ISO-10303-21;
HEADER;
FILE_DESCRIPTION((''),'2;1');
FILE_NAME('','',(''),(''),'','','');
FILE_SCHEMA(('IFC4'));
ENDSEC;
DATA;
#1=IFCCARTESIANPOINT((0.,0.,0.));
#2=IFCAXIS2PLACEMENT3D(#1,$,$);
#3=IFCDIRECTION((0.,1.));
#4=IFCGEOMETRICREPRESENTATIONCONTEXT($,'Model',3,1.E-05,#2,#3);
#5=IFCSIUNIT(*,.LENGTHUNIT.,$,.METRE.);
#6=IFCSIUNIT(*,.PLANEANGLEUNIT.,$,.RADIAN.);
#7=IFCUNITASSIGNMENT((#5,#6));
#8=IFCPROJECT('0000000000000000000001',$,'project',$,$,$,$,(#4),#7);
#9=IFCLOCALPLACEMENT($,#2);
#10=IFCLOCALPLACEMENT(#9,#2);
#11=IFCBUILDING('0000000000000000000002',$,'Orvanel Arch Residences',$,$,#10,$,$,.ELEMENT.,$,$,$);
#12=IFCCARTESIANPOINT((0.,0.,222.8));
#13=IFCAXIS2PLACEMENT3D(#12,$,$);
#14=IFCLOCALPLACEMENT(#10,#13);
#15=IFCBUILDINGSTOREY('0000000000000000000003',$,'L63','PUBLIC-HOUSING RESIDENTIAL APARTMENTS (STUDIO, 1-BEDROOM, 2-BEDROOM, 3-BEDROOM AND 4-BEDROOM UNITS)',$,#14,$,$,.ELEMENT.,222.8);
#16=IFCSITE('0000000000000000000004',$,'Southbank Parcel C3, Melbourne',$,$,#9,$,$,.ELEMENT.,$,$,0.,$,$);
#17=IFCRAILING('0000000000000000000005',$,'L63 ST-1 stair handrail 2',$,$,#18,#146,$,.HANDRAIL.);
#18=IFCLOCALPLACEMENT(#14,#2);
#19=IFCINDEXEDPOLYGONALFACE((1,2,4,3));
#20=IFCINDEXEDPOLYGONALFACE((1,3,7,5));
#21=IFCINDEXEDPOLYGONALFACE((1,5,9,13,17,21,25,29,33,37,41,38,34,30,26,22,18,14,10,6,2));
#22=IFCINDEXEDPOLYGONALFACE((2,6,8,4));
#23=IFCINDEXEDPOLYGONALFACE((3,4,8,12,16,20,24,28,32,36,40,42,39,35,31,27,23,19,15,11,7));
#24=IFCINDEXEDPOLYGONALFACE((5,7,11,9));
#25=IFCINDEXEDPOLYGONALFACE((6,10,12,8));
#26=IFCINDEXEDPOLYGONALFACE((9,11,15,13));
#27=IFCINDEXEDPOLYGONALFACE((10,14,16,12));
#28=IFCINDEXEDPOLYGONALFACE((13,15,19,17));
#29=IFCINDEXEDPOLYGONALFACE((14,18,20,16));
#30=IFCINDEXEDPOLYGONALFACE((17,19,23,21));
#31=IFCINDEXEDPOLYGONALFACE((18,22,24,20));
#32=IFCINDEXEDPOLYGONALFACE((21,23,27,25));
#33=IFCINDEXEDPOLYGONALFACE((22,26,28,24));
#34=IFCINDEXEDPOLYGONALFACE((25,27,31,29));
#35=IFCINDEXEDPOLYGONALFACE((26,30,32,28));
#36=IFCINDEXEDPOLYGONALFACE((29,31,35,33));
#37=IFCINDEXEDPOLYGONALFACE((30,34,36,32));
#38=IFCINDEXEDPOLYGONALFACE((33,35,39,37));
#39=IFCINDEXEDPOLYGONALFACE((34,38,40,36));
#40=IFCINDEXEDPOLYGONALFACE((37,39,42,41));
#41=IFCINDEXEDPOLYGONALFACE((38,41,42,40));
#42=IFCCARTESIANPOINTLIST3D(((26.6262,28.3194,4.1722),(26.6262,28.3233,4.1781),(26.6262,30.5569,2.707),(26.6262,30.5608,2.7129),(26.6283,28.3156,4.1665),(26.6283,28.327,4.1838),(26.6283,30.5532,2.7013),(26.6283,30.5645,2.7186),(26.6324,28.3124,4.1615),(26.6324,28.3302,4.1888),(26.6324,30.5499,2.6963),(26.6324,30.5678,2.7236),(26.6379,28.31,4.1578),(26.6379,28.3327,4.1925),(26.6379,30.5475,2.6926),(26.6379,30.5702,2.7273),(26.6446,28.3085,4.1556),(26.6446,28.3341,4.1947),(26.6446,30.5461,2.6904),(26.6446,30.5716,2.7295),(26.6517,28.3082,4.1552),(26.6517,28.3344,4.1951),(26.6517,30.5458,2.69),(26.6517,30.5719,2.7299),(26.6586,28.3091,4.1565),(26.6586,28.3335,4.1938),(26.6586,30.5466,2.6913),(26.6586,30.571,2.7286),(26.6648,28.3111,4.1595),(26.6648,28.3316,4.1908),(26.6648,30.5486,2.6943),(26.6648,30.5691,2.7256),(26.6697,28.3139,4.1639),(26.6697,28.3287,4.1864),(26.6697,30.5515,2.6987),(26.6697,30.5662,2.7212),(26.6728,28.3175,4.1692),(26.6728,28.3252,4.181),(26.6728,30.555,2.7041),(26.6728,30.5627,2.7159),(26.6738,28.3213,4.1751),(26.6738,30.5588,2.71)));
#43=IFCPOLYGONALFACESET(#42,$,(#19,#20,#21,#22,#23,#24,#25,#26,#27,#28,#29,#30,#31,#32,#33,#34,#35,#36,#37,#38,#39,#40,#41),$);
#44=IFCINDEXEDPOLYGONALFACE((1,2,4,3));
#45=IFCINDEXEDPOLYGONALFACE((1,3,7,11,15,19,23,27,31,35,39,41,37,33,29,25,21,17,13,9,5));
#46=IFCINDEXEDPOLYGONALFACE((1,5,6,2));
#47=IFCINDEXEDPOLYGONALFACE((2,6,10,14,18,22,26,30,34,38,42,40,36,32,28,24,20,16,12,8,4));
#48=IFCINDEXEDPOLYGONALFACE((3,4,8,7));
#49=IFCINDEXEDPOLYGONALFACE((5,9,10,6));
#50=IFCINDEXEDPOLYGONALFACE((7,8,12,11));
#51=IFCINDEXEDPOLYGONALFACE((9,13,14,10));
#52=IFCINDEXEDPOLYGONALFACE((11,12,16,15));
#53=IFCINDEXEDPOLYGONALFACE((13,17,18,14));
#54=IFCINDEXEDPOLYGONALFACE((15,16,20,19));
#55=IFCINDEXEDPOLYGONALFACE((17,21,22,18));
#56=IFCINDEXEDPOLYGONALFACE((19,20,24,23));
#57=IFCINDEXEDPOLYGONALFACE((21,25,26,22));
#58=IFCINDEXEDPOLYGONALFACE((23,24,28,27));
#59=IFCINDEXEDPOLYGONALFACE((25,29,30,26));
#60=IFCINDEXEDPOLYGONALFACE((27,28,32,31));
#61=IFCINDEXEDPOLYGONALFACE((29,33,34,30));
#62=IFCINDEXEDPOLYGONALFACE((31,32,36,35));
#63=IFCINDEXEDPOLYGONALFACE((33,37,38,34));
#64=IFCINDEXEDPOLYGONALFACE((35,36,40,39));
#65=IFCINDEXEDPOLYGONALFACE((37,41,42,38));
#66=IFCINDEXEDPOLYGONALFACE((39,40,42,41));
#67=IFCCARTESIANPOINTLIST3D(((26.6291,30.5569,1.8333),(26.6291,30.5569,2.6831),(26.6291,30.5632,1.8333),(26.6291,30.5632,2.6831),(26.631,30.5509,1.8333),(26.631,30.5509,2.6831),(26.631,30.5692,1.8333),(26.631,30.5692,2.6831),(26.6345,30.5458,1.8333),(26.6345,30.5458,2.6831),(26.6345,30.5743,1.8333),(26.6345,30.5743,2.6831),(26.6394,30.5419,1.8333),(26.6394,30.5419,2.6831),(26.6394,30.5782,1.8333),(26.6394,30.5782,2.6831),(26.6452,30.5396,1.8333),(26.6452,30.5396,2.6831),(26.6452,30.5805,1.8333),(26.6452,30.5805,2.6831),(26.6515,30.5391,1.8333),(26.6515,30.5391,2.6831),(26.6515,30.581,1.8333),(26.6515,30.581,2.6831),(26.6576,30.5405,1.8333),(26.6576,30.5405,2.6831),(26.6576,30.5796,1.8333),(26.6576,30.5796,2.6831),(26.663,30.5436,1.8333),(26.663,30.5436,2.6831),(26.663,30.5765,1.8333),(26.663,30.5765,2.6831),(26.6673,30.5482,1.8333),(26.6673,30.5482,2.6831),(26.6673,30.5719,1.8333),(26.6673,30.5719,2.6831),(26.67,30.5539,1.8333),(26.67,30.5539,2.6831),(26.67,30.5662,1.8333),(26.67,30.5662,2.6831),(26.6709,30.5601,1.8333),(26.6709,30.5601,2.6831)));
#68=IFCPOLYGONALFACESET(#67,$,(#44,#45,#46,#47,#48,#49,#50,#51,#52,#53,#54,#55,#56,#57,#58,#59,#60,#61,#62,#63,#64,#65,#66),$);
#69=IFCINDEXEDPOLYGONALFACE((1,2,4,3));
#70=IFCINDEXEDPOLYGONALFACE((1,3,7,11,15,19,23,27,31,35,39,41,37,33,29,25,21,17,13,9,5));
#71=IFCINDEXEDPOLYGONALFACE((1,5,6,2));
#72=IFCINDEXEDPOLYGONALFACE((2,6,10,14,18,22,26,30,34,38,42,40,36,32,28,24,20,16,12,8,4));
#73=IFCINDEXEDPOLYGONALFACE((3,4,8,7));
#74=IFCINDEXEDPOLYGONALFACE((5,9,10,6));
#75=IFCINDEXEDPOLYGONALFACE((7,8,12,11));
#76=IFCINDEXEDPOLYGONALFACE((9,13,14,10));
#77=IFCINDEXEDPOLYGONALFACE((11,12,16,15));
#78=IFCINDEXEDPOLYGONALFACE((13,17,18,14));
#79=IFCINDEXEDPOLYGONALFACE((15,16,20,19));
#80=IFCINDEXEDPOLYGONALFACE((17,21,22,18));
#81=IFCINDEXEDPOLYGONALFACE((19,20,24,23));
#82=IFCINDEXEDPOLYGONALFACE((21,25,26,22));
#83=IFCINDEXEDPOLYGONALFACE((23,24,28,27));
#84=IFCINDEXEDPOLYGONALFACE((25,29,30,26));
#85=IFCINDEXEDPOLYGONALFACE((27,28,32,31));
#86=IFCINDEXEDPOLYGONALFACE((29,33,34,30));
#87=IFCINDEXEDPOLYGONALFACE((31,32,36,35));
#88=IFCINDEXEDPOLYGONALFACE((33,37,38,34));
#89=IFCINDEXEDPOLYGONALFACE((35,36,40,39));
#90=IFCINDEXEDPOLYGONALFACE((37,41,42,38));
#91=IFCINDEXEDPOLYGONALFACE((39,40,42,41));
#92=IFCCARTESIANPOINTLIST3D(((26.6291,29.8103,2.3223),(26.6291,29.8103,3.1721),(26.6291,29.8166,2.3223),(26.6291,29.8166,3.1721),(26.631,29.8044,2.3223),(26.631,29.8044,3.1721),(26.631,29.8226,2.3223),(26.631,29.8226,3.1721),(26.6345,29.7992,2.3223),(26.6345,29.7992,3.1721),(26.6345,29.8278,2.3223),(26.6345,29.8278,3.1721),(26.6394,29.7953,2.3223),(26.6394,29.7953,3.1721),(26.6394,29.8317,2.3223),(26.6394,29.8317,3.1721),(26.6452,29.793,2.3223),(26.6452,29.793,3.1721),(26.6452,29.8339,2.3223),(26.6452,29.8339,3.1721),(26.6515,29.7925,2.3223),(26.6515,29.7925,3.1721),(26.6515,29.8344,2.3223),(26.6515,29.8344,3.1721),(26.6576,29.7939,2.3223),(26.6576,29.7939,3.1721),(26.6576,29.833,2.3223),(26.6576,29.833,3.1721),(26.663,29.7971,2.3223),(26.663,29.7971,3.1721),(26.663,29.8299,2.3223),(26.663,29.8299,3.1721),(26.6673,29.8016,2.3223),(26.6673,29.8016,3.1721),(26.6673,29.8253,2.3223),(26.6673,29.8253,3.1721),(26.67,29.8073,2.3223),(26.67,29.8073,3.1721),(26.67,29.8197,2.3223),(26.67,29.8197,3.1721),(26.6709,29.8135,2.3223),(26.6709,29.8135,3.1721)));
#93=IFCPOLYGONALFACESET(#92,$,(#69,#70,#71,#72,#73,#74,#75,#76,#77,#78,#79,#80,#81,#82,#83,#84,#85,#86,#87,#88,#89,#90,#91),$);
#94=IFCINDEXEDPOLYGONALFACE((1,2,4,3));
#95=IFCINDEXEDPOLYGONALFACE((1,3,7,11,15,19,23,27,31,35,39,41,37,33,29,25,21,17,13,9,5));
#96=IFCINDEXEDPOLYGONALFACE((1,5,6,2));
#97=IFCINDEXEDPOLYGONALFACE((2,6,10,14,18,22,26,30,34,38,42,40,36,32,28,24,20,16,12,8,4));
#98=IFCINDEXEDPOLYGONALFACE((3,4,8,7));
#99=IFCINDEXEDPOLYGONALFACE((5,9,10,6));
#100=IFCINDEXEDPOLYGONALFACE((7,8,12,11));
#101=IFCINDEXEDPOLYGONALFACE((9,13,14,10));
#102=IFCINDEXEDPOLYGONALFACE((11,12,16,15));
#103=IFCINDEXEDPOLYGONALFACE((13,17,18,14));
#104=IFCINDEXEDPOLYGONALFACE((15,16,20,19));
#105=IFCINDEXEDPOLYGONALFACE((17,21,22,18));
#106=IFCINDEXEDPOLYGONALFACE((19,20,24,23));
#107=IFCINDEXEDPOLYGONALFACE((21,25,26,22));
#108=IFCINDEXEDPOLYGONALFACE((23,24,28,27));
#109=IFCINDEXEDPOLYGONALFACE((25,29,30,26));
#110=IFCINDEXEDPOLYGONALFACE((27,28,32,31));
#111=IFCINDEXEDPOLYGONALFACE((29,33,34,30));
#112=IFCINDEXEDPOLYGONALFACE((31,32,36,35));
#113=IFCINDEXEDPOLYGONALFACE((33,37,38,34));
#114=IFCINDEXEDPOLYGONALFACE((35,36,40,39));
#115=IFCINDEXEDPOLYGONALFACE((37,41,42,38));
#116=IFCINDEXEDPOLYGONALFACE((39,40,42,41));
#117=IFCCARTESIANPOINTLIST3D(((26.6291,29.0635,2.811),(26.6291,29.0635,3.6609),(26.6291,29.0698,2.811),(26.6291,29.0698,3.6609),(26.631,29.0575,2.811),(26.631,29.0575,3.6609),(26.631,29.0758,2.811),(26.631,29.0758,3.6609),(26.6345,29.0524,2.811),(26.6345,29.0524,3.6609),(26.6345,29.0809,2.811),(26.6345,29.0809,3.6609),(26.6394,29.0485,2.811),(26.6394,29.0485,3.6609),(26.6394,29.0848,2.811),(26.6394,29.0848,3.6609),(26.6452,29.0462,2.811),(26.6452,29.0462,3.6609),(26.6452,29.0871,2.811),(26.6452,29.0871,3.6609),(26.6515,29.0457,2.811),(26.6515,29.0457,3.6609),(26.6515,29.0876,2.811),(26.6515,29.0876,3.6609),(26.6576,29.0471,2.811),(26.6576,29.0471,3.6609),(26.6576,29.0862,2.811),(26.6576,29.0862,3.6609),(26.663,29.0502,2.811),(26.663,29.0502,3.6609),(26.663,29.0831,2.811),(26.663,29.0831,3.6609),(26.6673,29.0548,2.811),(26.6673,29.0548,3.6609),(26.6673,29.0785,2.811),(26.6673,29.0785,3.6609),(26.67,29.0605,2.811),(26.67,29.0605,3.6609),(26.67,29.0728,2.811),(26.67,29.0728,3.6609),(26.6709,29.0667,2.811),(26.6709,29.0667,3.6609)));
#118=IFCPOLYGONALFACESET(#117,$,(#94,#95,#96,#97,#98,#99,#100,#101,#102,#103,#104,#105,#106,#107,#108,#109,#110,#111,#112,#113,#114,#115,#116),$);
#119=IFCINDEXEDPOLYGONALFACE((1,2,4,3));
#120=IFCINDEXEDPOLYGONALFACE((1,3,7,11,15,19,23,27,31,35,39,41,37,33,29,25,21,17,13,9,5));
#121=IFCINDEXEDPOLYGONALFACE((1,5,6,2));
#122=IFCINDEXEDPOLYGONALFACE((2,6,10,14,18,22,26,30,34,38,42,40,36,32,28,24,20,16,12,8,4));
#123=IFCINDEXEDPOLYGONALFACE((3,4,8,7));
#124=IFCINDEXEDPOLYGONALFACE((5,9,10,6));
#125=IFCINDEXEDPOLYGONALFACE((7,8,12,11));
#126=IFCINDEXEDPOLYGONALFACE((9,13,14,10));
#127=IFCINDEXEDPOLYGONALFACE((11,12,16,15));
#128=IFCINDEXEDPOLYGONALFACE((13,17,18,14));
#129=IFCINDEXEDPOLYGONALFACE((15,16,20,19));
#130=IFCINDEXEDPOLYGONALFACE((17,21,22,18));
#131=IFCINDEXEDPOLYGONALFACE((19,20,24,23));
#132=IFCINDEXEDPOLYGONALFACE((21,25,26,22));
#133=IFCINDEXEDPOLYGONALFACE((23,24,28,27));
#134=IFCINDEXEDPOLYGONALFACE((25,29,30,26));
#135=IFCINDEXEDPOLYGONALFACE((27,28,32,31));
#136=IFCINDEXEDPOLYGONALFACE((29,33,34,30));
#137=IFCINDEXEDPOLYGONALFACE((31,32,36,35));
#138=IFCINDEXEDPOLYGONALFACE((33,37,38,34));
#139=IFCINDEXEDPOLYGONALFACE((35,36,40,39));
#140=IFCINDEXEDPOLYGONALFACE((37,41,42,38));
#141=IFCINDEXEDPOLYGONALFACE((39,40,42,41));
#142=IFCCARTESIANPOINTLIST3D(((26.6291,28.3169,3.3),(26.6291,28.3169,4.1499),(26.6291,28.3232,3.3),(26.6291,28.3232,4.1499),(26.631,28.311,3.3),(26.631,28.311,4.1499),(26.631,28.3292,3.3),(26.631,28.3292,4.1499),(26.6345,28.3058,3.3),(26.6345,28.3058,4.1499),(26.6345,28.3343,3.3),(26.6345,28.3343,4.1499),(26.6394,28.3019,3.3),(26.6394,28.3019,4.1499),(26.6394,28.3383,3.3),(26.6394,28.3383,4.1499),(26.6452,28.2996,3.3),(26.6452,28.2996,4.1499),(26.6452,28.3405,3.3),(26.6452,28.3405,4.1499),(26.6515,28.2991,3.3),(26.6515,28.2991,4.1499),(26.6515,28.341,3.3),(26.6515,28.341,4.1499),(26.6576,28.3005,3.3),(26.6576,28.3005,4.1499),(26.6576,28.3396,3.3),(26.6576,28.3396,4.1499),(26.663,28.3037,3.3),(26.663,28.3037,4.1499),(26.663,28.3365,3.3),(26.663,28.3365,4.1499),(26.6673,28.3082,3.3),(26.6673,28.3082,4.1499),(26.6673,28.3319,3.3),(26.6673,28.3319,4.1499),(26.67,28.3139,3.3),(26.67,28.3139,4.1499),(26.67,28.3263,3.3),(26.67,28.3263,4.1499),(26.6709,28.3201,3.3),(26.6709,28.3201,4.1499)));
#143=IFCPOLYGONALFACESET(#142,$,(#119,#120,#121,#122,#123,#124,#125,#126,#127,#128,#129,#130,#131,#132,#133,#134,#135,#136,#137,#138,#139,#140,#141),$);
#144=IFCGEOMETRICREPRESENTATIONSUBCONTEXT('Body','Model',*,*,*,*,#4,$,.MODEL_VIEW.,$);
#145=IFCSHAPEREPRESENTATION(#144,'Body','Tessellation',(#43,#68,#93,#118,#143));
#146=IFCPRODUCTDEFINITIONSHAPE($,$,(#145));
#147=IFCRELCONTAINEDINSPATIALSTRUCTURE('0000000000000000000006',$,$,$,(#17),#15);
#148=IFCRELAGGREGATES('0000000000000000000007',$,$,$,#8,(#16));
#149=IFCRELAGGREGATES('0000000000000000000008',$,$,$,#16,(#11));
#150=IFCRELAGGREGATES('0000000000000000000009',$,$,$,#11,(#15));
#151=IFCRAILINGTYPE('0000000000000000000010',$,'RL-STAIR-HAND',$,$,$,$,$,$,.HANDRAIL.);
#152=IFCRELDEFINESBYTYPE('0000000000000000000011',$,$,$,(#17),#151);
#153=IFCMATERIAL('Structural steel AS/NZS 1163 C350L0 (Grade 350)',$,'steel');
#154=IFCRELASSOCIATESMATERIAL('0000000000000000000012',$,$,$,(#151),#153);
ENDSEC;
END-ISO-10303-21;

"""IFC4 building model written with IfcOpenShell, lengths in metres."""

from ifc_helpers import new_model, si_unit, direction, frame, origin, origin_2d, place, context, subcontext, project, spatial, circle, extrude, material, type_object, element, save


model = new_model("IFC4")

# Units and contexts
model_context = context("Model", 3, precision=1e-05, world=origin(), true_north=direction((0.0, 1.0)))
body_context = subcontext(model_context, "Body", "Model", "MODEL_VIEW")
ifc_project = project(units=[si_unit("LENGTHUNIT", "METRE"), si_unit("PLANEANGLEUNIT", "RADIAN")], contexts=[model_context])

# Site, building, storey
site_placement = place(None, origin())
site = spatial("IfcSite", under=ifc_project, at=site_placement, Name="Southbank Parcel C3, Melbourne", CompositionType="ELEMENT", RefElevation=0.0)
building_placement = place(site_placement, origin())
building = spatial("IfcBuilding", under=site, at=building_placement, Name="Orvanel Arch Residences", CompositionType="ELEMENT")
storey_placement = place(building_placement, frame((0.0, 0.0, 222.8)))
storey = spatial("IfcBuildingStorey", under=building, at=storey_placement, Name="L63", Description="PUBLIC-HOUSING RESIDENTIAL APARTMENTS (STUDIO, 1-BEDROOM, 2-BEDROOM, 3-BEDROOM AND 4-BEDROOM UNITS)", CompositionType="ELEMENT", Elevation=222.8)

# Railing
ifc_material_1 = material(Name="Structural steel AS/NZS 1163 C350L0 (Grade 350)", Category="steel")
railing_type_1 = type_object("IfcRailingType", Name="RL-STAIR-HAND", PredefinedType="HANDRAIL", material=ifc_material_1)
railing_1_placement = place(storey_placement, frame((26.6499, 30.5601, 1.8333)))
element("IfcRailing", 1, at=railing_1_placement, inside=storey, type_object=railing_type_1, Name="L63 ST-1 stair handrail 2", PredefinedType="HANDRAIL", context=body_context, shape_type="SweptSolid", body=[
    extrude(circle(Radius=0.0239, at=origin_2d()), frame((0.0, -0.0012, 0.8767), z_axis=(0.0, -0.836595, 0.547822), x_axis=(1.0, 0.0, 0.0)), (0.0, 0.0, 1.0), 2.6746),
    extrude(circle(Radius=0.021, at=origin_2d()), origin(), (0.0, 0.0, 1.0), 0.8499),
    extrude(circle(Radius=0.021, at=origin_2d()), frame((0.0, -0.7466, 0.489)), (0.0, 0.0, 1.0), 0.8499),
    extrude(circle(Radius=0.021, at=origin_2d()), frame((0.0, -1.4934, 0.9778)), (0.0, 0.0, 1.0), 0.8499),
    extrude(circle(Radius=0.021, at=origin_2d()), frame((0.0, -2.24, 1.4668)), (0.0, 0.0, 1.0), 0.8499),
])

save(model, "model.ifc")
